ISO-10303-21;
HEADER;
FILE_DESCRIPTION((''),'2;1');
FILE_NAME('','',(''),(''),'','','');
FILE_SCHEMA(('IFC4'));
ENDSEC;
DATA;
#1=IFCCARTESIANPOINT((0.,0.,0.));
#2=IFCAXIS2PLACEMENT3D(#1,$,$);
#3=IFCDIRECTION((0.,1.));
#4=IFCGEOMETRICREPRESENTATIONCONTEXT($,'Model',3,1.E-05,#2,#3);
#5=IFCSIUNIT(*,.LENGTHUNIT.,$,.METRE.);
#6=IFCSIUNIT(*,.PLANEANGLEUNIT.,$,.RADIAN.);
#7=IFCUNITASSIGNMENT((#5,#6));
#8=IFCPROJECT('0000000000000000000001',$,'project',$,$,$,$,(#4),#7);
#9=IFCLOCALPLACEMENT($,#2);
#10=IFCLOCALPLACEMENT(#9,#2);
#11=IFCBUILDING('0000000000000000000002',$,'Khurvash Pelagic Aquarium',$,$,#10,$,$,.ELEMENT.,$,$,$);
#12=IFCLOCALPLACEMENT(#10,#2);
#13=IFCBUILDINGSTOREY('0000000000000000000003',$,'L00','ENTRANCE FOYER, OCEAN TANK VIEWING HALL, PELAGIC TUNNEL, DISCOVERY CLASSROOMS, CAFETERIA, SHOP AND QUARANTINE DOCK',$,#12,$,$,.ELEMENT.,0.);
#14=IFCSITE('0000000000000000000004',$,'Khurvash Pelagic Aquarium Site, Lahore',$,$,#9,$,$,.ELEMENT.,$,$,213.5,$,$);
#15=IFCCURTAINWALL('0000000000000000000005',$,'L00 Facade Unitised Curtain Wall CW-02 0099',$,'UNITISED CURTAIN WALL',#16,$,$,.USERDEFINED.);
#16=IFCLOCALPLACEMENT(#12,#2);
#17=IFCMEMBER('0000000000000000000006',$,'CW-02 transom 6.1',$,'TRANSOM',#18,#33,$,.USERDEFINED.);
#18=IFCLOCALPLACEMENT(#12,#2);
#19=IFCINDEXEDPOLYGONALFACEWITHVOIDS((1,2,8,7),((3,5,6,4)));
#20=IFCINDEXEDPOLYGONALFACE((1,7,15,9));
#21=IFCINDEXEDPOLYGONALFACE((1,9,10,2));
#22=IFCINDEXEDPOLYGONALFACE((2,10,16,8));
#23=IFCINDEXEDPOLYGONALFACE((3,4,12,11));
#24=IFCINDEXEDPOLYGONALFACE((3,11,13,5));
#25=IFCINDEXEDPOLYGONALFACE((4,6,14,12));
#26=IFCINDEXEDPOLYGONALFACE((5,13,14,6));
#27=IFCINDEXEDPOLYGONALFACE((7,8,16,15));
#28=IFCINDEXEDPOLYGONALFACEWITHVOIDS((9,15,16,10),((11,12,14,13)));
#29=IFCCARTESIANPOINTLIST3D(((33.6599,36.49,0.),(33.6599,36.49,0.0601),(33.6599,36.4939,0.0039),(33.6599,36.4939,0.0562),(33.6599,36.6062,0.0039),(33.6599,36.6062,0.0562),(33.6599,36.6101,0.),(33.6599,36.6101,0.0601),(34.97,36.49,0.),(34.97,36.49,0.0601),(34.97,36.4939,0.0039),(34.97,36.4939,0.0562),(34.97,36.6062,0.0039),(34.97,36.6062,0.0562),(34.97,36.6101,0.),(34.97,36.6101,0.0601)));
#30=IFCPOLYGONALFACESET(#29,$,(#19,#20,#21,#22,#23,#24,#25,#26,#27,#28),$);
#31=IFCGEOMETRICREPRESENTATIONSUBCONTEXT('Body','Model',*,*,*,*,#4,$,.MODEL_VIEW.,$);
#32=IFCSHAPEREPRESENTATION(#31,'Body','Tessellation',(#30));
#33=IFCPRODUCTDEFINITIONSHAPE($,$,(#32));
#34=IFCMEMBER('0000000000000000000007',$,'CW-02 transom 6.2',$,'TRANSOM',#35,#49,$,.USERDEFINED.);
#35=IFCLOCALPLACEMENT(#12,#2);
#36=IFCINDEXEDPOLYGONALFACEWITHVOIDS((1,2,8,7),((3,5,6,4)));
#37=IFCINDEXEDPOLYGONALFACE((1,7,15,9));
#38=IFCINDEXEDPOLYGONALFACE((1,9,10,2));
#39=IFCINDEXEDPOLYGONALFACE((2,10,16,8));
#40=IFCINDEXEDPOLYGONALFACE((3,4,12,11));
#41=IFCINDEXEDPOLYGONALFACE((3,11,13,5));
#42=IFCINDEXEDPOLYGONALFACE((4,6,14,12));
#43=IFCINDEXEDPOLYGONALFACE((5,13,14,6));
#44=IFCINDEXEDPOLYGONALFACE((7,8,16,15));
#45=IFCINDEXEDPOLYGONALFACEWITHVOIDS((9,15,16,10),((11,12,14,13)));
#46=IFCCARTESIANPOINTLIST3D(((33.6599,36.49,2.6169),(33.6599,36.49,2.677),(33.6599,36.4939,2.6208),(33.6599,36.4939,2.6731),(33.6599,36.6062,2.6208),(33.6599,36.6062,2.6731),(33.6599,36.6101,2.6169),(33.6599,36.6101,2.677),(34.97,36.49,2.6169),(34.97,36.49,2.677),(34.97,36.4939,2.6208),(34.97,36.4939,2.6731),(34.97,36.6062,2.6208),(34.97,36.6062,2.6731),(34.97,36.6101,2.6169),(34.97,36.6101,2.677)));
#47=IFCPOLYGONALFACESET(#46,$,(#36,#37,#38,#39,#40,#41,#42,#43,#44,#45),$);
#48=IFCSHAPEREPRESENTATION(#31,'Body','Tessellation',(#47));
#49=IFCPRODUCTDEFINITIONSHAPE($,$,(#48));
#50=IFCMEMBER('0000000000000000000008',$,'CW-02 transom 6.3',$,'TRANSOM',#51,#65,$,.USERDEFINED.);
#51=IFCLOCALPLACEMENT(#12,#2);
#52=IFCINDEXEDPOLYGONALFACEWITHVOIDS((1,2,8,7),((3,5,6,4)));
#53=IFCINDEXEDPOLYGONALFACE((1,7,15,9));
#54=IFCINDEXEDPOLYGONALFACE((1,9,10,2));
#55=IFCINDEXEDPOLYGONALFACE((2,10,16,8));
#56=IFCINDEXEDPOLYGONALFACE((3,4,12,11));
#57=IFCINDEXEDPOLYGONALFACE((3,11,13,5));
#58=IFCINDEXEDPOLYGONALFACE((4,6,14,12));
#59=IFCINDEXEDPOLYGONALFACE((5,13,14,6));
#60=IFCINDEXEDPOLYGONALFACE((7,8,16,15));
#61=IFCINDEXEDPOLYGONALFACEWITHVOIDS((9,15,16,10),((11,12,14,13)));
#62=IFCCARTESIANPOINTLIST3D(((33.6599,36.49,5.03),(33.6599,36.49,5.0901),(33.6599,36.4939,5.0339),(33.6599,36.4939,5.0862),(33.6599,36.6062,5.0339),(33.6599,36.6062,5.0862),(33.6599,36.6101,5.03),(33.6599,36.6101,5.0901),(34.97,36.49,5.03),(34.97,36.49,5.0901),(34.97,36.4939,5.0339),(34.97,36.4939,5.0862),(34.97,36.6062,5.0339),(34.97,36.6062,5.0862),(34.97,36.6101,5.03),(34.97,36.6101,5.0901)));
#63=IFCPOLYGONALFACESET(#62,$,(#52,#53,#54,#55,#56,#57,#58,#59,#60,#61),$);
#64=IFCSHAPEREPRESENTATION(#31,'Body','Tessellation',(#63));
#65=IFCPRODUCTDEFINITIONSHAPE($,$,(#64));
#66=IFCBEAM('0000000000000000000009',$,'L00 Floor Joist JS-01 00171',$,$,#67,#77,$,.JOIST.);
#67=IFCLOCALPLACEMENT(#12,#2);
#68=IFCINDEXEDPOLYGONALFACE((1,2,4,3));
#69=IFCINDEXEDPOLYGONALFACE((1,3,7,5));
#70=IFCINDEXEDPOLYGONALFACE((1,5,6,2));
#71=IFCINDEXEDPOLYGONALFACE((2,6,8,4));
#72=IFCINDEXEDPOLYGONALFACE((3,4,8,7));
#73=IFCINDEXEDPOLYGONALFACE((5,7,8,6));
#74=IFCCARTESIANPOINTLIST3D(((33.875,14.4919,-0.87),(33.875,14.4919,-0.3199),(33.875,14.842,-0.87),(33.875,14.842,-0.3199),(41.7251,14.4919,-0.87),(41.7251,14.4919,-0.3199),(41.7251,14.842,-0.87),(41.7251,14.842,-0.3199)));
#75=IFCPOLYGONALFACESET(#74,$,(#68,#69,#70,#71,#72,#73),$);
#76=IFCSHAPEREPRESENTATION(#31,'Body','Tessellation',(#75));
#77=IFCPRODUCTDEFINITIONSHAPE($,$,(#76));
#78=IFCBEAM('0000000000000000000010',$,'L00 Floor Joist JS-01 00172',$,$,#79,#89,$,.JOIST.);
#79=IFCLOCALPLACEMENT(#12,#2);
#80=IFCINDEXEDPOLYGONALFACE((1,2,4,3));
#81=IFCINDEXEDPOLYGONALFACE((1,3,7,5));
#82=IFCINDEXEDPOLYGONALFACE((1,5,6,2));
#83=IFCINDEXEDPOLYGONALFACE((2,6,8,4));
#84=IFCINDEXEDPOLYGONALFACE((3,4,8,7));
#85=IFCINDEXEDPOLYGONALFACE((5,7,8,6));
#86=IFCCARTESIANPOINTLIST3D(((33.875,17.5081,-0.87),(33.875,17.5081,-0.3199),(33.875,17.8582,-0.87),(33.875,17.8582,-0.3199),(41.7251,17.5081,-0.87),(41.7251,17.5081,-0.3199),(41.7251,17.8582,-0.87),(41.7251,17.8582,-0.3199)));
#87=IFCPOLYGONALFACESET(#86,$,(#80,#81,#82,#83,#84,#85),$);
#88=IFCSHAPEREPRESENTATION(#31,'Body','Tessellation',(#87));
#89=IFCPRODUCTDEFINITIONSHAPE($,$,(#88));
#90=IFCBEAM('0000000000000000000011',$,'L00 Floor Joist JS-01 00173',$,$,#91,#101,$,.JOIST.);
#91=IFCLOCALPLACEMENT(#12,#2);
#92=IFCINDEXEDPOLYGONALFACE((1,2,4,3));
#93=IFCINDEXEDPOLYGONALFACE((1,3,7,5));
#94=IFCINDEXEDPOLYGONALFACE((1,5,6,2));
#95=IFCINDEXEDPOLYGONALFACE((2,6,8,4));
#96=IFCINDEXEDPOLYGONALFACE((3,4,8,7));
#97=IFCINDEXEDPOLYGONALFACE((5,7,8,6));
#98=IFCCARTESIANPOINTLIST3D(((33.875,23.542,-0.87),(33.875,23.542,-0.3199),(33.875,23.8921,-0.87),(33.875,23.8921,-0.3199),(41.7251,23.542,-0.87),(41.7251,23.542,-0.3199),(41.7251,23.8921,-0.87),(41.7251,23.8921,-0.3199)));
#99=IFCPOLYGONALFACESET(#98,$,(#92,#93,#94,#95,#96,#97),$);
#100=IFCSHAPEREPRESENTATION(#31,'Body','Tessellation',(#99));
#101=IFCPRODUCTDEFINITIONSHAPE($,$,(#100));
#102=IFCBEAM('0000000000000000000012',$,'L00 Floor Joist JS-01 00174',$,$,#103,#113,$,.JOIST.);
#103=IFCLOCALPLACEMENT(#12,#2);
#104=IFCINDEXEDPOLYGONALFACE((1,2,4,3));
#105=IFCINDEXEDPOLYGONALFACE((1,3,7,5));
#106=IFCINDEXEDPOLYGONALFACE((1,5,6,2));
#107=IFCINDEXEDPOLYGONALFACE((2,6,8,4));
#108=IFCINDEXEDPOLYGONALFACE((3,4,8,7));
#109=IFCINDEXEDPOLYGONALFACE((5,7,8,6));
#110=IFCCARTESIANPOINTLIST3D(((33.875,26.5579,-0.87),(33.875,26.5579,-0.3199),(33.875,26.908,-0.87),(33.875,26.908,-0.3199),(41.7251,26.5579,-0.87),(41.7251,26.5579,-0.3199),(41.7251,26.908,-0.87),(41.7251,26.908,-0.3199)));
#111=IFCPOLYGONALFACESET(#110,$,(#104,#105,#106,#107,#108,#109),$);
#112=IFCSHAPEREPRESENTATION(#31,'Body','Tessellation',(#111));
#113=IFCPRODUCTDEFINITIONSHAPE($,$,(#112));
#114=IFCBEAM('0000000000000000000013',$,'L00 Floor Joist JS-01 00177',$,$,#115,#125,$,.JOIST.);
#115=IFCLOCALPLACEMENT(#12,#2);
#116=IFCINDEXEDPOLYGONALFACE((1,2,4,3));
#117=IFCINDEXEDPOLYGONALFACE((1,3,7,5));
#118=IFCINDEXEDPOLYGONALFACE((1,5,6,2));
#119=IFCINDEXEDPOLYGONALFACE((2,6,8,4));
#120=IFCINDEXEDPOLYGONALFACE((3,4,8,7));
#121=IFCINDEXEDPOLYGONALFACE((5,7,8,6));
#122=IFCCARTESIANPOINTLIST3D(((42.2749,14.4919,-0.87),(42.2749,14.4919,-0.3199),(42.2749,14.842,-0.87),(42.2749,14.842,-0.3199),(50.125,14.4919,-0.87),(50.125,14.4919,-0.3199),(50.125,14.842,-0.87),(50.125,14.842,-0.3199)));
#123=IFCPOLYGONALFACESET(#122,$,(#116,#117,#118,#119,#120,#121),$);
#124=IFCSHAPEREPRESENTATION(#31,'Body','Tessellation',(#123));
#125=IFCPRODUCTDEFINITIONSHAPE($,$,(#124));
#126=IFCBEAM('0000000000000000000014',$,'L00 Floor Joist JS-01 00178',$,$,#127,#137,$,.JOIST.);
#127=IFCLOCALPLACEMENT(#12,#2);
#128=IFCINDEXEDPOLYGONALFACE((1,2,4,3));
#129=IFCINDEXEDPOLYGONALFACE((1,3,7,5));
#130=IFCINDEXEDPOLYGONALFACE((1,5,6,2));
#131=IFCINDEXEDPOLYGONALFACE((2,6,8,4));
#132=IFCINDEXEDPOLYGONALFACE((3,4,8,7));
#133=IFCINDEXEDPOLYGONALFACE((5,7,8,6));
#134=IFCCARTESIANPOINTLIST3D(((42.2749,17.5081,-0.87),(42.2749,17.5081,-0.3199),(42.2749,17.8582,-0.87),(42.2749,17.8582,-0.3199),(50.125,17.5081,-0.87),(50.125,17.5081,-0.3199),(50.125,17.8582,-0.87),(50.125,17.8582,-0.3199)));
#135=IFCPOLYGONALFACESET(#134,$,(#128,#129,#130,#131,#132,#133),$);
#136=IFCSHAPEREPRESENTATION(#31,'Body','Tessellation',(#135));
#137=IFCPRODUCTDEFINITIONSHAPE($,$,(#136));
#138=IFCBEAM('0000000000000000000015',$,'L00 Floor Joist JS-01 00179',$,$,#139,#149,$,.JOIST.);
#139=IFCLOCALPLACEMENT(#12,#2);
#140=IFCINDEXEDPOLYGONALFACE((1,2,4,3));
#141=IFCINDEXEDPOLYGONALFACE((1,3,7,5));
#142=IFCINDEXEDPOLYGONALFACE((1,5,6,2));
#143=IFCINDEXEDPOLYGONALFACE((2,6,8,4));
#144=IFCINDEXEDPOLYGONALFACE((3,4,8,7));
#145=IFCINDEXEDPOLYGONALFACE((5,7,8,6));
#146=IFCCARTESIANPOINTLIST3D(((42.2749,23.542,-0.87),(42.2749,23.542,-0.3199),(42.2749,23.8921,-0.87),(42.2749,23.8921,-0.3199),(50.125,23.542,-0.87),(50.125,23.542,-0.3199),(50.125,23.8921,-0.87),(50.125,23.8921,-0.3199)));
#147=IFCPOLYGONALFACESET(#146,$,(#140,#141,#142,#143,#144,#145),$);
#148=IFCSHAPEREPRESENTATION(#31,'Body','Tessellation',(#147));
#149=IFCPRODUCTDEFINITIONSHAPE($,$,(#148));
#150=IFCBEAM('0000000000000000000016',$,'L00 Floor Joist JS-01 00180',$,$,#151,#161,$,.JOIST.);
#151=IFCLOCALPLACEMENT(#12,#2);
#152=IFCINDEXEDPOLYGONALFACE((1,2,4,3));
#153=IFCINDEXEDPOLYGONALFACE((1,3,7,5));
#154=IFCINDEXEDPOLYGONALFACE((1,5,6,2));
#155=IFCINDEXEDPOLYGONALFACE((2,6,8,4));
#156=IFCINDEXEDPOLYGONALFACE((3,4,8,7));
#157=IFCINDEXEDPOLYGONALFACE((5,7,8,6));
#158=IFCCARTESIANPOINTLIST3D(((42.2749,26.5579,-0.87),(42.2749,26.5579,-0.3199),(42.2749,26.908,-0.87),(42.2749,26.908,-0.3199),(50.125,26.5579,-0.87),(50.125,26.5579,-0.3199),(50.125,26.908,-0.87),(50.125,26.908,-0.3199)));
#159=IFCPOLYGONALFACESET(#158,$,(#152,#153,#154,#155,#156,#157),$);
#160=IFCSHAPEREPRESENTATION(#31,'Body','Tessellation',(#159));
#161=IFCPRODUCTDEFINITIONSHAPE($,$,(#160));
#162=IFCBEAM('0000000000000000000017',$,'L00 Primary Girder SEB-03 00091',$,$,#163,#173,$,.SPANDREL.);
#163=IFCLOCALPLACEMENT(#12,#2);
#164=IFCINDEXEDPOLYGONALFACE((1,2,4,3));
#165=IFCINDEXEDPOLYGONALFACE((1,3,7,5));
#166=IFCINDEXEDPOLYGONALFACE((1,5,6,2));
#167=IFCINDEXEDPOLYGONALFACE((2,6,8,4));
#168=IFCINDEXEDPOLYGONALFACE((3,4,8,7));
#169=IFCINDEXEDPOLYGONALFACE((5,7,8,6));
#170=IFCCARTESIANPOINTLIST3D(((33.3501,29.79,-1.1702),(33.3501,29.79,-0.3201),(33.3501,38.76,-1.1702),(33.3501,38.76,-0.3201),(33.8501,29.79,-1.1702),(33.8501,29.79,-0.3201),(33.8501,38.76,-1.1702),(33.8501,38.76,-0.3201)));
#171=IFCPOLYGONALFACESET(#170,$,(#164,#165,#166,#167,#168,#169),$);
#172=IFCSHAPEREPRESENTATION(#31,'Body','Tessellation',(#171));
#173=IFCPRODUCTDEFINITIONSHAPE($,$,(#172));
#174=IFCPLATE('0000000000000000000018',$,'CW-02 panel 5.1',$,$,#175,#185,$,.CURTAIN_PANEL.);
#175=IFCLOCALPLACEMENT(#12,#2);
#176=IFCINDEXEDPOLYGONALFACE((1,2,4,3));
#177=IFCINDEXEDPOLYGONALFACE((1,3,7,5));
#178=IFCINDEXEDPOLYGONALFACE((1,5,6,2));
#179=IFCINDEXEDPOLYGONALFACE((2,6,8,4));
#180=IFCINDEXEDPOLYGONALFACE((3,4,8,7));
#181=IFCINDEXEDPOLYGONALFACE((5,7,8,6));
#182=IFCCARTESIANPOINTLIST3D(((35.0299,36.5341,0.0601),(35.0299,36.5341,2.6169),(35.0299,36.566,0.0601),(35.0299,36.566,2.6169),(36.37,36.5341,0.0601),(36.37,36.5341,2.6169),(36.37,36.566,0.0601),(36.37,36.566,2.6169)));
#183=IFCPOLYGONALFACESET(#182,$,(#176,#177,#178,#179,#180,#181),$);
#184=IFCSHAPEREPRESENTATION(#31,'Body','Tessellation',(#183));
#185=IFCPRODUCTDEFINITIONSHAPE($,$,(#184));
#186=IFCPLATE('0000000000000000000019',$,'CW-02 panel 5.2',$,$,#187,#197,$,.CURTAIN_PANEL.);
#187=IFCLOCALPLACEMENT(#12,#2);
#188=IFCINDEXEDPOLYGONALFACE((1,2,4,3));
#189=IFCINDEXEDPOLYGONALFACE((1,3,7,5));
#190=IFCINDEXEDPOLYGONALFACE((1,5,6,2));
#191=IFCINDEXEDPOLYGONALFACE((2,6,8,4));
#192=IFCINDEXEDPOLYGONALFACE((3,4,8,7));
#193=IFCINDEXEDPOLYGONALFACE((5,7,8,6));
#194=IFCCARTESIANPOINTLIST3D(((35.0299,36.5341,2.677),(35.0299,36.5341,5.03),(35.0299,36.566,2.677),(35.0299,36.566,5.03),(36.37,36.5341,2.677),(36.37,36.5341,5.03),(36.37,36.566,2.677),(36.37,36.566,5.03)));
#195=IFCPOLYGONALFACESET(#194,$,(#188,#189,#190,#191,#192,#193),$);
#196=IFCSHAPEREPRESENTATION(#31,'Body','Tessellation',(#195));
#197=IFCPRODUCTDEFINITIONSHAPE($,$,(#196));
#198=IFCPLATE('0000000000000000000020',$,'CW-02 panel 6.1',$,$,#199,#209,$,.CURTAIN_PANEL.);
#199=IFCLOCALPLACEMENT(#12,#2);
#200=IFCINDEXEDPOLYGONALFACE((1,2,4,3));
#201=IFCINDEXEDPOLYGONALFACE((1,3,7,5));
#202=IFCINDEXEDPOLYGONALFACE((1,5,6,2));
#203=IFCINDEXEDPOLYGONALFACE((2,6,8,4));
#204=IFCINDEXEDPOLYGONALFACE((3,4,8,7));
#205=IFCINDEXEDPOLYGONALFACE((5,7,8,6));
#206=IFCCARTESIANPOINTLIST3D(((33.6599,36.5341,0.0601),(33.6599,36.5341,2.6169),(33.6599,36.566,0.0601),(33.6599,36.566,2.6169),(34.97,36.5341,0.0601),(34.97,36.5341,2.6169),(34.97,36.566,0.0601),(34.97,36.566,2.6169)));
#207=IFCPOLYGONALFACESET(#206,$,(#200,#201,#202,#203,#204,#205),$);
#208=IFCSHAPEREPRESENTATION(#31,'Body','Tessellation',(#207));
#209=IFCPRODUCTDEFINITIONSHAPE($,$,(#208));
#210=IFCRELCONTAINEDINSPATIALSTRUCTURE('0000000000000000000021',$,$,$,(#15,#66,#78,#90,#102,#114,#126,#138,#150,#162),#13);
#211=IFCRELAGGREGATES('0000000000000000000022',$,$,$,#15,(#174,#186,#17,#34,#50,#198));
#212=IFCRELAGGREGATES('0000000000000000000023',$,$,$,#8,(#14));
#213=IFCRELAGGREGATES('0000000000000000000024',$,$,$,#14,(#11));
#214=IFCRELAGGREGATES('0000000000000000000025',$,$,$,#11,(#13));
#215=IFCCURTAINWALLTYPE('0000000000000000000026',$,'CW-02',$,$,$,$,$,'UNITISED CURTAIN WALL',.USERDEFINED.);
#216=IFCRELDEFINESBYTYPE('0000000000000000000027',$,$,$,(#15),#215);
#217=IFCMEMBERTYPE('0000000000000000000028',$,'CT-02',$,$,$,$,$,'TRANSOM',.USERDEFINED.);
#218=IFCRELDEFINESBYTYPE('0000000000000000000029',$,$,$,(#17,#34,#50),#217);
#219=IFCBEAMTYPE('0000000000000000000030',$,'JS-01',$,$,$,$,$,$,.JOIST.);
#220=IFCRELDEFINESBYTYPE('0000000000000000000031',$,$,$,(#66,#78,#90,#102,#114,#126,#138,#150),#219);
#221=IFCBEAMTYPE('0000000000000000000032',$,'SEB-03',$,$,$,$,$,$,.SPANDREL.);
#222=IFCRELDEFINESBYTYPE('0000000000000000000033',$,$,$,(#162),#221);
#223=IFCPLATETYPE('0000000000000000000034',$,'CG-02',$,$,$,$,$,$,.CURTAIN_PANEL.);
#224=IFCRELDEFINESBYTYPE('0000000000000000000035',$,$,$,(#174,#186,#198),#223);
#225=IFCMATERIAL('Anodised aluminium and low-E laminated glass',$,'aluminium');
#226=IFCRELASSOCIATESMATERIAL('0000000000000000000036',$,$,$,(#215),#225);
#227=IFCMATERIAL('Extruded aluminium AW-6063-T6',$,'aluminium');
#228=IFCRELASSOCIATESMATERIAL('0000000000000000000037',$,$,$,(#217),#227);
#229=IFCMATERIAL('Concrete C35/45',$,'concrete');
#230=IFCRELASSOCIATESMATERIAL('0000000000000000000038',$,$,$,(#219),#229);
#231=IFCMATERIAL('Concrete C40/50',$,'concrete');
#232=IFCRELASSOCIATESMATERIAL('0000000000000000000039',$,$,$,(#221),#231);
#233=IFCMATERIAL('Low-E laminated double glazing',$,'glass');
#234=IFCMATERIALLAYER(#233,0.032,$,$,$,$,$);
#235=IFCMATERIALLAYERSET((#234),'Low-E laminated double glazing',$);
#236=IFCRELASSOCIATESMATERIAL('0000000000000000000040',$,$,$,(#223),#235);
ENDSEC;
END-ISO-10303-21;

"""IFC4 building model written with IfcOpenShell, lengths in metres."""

from ifc_helpers import new_model, si_unit, direction, frame, origin, origin_2d, place, context, subcontext, project, spatial, rectangle, hollow_rectangle, extrude, material, layer, layer_set, material_profile, profile_set, type_object, element, aggregate, save


model = new_model("IFC4")

# Units and contexts
model_context = context("Model", 3, precision=1e-05, world=origin(), true_north=direction((0.0, 1.0)))
body_context = subcontext(model_context, "Body", "Model", "MODEL_VIEW")
ifc_project = project(units=[si_unit("LENGTHUNIT", "METRE"), si_unit("PLANEANGLEUNIT", "RADIAN")], contexts=[model_context])

# Site, building, storey
site_placement = place(None, origin())
site = spatial("IfcSite", under=ifc_project, at=site_placement, Name="Khurvash Pelagic Aquarium Site, Lahore", CompositionType="ELEMENT", RefElevation=213.5)
building_placement = place(site_placement, origin())
building = spatial("IfcBuilding", under=site, at=building_placement, Name="Khurvash Pelagic Aquarium", CompositionType="ELEMENT")
storey_placement = place(building_placement, origin())
storey = spatial("IfcBuildingStorey", under=building, at=storey_placement, Name="L00", Description="ENTRANCE FOYER, OCEAN TANK VIEWING HALL, PELAGIC TUNNEL, DISCOVERY CLASSROOMS, CAFETERIA, SHOP AND QUARANTINE DOCK", CompositionType="ELEMENT", Elevation=0.0)

# Shared definitions
ifc_material_1 = material(Name="Concrete C40/50", Category="concrete")

# Curtain wall, members
ifc_material_2 = material(Name="Anodised aluminium and low-E laminated glass", Category="aluminium")
curtain_wall_type = type_object("IfcCurtainWallType", Name="CW-02", ElementType="UNITISED CURTAIN WALL", PredefinedType="USERDEFINED", material=ifc_material_2)
curtain_wall_placement = place(storey_placement, origin())
curtain_wall = element("IfcCurtainWall", 1, at=curtain_wall_placement, inside=storey, type_object=curtain_wall_type, Name="L00 Facade Unitised Curtain Wall CW-02 0099", ObjectType="UNITISED CURTAIN WALL", PredefinedType="USERDEFINED")
ifc_material_3 = material(Name="Extruded aluminium AW-6063-T6", Category="aluminium")
ifc_material_profile_1 = material_profile(ifc_material_3, hollow_rectangle(XDim=0.1201, YDim=0.0601, WallThickness=0.0039, at=origin_2d()), Name="CWT120X60X4")
ifc_profile_set_1 = profile_set([ifc_material_profile_1], Name="Extruded aluminium AW-6063-T6")
member_type_1 = type_object("IfcMemberType", Name="CT-02", ElementType="TRANSOM", PredefinedType="USERDEFINED", material=ifc_profile_set_1)
member_1_placement = place(storey_placement, frame((34.97, 36.55, 0.03), z_axis=(-1.0, 0.0, 0.0), x_axis=(0.0, -1.0, 0.0)))
member_1 = element("IfcMember", 2, at=member_1_placement, type_object=member_type_1, Name="CW-02 transom 6.1", ObjectType="TRANSOM", PredefinedType="USERDEFINED", context=body_context, shape_type="SweptSolid", body=[
    extrude(hollow_rectangle(XDim=0.1201, YDim=0.0601, WallThickness=0.0039, at=origin_2d()), origin(), (0.0, 0.0, 1.0), 1.3101),
])
member_2_placement = place(storey_placement, frame((34.97, 36.55, 2.647), z_axis=(-1.0, 0.0, 0.0), x_axis=(0.0, -1.0, 0.0)))
member_2 = element("IfcMember", 3, at=member_2_placement, type_object=member_type_1, Name="CW-02 transom 6.2", ObjectType="TRANSOM", PredefinedType="USERDEFINED", context=body_context, shape_type="SweptSolid", body=[
    extrude(hollow_rectangle(XDim=0.1201, YDim=0.0601, WallThickness=0.0039, at=origin_2d()), origin(), (0.0, 0.0, 1.0), 1.3101),
])
member_3_placement = place(storey_placement, frame((34.97, 36.55, 5.0601), z_axis=(-1.0, 0.0, 0.0), x_axis=(0.0, -1.0, 0.0)))
member_3 = element("IfcMember", 4, at=member_3_placement, type_object=member_type_1, Name="CW-02 transom 6.3", ObjectType="TRANSOM", PredefinedType="USERDEFINED", context=body_context, shape_type="SweptSolid", body=[
    extrude(hollow_rectangle(XDim=0.1201, YDim=0.0601, WallThickness=0.0039, at=origin_2d()), origin(), (0.0, 0.0, 1.0), 1.3101),
])

# Beams
ifc_material_4 = material(Name="Concrete C35/45", Category="concrete")
ifc_material_profile_2 = material_profile(ifc_material_4, rectangle(XDim=0.3501, YDim=0.55, at=origin_2d()), Name="RC350X550")
ifc_profile_set_2 = profile_set([ifc_material_profile_2], Name="Concrete C35/45")
beam_type_1 = type_object("IfcBeamType", Name="JS-01", PredefinedType="JOIST", material=ifc_profile_set_2)
for number, where, z_axis, x_axis, name in (
    (5, (33.875, 14.667, -0.595), (1.0, 0.0, 0.0), (0.0, 1.0, 0.0), "L00 Floor Joist JS-01 00171"),
    (6, (33.875, 17.6831, -0.595), (1.0, 0.0, 0.0), (0.0, 1.0, 0.0), "L00 Floor Joist JS-01 00172"),
    (7, (33.875, 23.717, -0.595), (1.0, 0.0, 0.0), (0.0, 1.0, 0.0), "L00 Floor Joist JS-01 00173"),
    (8, (33.875, 26.7329, -0.595), (1.0, 0.0, 0.0), (0.0, 1.0, 0.0), "L00 Floor Joist JS-01 00174"),
    (9, (42.2749, 14.667, -0.595), (1.0, 0.0, 0.0), (0.0, 1.0, 0.0), "L00 Floor Joist JS-01 00177"),
    (10, (42.2749, 17.6831, -0.595), (1.0, 0.0, 0.0), (0.0, 1.0, 0.0), "L00 Floor Joist JS-01 00178"),
    (11, (42.2749, 23.717, -0.595), (1.0, 0.0, 0.0), (0.0, 1.0, 0.0), "L00 Floor Joist JS-01 00179"),
    (12, (42.2749, 26.7329, -0.595), (1.0, 0.0, 0.0), (0.0, 1.0, 0.0), "L00 Floor Joist JS-01 00180"),
):
    element("IfcBeam", number, at=place(storey_placement, frame(where, z_axis=z_axis, x_axis=x_axis)), inside=storey, type_object=beam_type_1, Name=name, PredefinedType="JOIST", context=body_context, shape_type="SweptSolid", body=[
        extrude(rectangle(XDim=0.3501, YDim=0.55, at=origin_2d()), origin(), (0.0, 0.0, 1.0), 7.8501),
    ])
ifc_material_profile_3 = material_profile(ifc_material_1, rectangle(XDim=0.5, YDim=0.8501, at=origin_2d()), Name="RC500X850")
ifc_profile_set_3 = profile_set([ifc_material_profile_3], Name="Concrete C40/50")
beam_type_2 = type_object("IfcBeamType", Name="SEB-03", PredefinedType="SPANDREL", material=ifc_profile_set_3)
beam_placement = place(storey_placement, frame((33.6001, 29.79, -0.7451), z_axis=(0.0, 1.0, 0.0), x_axis=(-1.0, 0.0, 0.0)))
element("IfcBeam", 13, at=beam_placement, inside=storey, type_object=beam_type_2, Name="L00 Primary Girder SEB-03 00091", PredefinedType="SPANDREL", context=body_context, shape_type="SweptSolid", body=[
    extrude(rectangle(XDim=0.5, YDim=0.8501, at=origin_2d()), origin(), (0.0, 0.0, 1.0), 8.97),
])

# Plates
ifc_material_5 = material(Name="Low-E laminated double glazing", Category="glass")
ifc_layer_1 = layer(ifc_material_5, 0.032)
ifc_layer_set_1 = layer_set([ifc_layer_1], Name="Low-E laminated double glazing")
plate_type = type_object("IfcPlateType", Name="CG-02", PredefinedType="CURTAIN_PANEL", material=ifc_layer_set_1)
plate_1_placement = place(storey_placement, frame((35.7, 36.55, 0.0601), z_axis=(0.0, 0.0, 1.0), x_axis=(-1.0, 0.0, 0.0)))
plate_1 = element("IfcPlate", 14, at=plate_1_placement, type_object=plate_type, Name="CW-02 panel 5.1", PredefinedType="CURTAIN_PANEL", context=body_context, shape_type="SweptSolid", body=[
    extrude(rectangle(XDim=1.3401, YDim=0.032, at=origin_2d()), origin(), (0.0, 0.0, 1.0), 2.5569),
])
plate_2_placement = place(storey_placement, frame((35.7, 36.55, 2.677), z_axis=(0.0, 0.0, 1.0), x_axis=(-1.0, 0.0, 0.0)))
plate_2 = element("IfcPlate", 15, at=plate_2_placement, type_object=plate_type, Name="CW-02 panel 5.2", PredefinedType="CURTAIN_PANEL", context=body_context, shape_type="SweptSolid", body=[
    extrude(rectangle(XDim=1.3401, YDim=0.032, at=origin_2d()), origin(), (0.0, 0.0, 1.0), 2.353),
])
plate_3_placement = place(storey_placement, frame((34.3149, 36.55, 0.0601), z_axis=(0.0, 0.0, 1.0), x_axis=(-1.0, 0.0, 0.0)))
plate_3 = element("IfcPlate", 16, at=plate_3_placement, type_object=plate_type, Name="CW-02 panel 6.1", PredefinedType="CURTAIN_PANEL", context=body_context, shape_type="SweptSolid", body=[
    extrude(rectangle(XDim=1.3101, YDim=0.032, at=origin_2d()), origin(), (0.0, 0.0, 1.0), 2.5569),
])
aggregate(curtain_wall, [plate_1, plate_2, member_1, member_2, member_3, plate_3])

save(model, "model.ifc")
